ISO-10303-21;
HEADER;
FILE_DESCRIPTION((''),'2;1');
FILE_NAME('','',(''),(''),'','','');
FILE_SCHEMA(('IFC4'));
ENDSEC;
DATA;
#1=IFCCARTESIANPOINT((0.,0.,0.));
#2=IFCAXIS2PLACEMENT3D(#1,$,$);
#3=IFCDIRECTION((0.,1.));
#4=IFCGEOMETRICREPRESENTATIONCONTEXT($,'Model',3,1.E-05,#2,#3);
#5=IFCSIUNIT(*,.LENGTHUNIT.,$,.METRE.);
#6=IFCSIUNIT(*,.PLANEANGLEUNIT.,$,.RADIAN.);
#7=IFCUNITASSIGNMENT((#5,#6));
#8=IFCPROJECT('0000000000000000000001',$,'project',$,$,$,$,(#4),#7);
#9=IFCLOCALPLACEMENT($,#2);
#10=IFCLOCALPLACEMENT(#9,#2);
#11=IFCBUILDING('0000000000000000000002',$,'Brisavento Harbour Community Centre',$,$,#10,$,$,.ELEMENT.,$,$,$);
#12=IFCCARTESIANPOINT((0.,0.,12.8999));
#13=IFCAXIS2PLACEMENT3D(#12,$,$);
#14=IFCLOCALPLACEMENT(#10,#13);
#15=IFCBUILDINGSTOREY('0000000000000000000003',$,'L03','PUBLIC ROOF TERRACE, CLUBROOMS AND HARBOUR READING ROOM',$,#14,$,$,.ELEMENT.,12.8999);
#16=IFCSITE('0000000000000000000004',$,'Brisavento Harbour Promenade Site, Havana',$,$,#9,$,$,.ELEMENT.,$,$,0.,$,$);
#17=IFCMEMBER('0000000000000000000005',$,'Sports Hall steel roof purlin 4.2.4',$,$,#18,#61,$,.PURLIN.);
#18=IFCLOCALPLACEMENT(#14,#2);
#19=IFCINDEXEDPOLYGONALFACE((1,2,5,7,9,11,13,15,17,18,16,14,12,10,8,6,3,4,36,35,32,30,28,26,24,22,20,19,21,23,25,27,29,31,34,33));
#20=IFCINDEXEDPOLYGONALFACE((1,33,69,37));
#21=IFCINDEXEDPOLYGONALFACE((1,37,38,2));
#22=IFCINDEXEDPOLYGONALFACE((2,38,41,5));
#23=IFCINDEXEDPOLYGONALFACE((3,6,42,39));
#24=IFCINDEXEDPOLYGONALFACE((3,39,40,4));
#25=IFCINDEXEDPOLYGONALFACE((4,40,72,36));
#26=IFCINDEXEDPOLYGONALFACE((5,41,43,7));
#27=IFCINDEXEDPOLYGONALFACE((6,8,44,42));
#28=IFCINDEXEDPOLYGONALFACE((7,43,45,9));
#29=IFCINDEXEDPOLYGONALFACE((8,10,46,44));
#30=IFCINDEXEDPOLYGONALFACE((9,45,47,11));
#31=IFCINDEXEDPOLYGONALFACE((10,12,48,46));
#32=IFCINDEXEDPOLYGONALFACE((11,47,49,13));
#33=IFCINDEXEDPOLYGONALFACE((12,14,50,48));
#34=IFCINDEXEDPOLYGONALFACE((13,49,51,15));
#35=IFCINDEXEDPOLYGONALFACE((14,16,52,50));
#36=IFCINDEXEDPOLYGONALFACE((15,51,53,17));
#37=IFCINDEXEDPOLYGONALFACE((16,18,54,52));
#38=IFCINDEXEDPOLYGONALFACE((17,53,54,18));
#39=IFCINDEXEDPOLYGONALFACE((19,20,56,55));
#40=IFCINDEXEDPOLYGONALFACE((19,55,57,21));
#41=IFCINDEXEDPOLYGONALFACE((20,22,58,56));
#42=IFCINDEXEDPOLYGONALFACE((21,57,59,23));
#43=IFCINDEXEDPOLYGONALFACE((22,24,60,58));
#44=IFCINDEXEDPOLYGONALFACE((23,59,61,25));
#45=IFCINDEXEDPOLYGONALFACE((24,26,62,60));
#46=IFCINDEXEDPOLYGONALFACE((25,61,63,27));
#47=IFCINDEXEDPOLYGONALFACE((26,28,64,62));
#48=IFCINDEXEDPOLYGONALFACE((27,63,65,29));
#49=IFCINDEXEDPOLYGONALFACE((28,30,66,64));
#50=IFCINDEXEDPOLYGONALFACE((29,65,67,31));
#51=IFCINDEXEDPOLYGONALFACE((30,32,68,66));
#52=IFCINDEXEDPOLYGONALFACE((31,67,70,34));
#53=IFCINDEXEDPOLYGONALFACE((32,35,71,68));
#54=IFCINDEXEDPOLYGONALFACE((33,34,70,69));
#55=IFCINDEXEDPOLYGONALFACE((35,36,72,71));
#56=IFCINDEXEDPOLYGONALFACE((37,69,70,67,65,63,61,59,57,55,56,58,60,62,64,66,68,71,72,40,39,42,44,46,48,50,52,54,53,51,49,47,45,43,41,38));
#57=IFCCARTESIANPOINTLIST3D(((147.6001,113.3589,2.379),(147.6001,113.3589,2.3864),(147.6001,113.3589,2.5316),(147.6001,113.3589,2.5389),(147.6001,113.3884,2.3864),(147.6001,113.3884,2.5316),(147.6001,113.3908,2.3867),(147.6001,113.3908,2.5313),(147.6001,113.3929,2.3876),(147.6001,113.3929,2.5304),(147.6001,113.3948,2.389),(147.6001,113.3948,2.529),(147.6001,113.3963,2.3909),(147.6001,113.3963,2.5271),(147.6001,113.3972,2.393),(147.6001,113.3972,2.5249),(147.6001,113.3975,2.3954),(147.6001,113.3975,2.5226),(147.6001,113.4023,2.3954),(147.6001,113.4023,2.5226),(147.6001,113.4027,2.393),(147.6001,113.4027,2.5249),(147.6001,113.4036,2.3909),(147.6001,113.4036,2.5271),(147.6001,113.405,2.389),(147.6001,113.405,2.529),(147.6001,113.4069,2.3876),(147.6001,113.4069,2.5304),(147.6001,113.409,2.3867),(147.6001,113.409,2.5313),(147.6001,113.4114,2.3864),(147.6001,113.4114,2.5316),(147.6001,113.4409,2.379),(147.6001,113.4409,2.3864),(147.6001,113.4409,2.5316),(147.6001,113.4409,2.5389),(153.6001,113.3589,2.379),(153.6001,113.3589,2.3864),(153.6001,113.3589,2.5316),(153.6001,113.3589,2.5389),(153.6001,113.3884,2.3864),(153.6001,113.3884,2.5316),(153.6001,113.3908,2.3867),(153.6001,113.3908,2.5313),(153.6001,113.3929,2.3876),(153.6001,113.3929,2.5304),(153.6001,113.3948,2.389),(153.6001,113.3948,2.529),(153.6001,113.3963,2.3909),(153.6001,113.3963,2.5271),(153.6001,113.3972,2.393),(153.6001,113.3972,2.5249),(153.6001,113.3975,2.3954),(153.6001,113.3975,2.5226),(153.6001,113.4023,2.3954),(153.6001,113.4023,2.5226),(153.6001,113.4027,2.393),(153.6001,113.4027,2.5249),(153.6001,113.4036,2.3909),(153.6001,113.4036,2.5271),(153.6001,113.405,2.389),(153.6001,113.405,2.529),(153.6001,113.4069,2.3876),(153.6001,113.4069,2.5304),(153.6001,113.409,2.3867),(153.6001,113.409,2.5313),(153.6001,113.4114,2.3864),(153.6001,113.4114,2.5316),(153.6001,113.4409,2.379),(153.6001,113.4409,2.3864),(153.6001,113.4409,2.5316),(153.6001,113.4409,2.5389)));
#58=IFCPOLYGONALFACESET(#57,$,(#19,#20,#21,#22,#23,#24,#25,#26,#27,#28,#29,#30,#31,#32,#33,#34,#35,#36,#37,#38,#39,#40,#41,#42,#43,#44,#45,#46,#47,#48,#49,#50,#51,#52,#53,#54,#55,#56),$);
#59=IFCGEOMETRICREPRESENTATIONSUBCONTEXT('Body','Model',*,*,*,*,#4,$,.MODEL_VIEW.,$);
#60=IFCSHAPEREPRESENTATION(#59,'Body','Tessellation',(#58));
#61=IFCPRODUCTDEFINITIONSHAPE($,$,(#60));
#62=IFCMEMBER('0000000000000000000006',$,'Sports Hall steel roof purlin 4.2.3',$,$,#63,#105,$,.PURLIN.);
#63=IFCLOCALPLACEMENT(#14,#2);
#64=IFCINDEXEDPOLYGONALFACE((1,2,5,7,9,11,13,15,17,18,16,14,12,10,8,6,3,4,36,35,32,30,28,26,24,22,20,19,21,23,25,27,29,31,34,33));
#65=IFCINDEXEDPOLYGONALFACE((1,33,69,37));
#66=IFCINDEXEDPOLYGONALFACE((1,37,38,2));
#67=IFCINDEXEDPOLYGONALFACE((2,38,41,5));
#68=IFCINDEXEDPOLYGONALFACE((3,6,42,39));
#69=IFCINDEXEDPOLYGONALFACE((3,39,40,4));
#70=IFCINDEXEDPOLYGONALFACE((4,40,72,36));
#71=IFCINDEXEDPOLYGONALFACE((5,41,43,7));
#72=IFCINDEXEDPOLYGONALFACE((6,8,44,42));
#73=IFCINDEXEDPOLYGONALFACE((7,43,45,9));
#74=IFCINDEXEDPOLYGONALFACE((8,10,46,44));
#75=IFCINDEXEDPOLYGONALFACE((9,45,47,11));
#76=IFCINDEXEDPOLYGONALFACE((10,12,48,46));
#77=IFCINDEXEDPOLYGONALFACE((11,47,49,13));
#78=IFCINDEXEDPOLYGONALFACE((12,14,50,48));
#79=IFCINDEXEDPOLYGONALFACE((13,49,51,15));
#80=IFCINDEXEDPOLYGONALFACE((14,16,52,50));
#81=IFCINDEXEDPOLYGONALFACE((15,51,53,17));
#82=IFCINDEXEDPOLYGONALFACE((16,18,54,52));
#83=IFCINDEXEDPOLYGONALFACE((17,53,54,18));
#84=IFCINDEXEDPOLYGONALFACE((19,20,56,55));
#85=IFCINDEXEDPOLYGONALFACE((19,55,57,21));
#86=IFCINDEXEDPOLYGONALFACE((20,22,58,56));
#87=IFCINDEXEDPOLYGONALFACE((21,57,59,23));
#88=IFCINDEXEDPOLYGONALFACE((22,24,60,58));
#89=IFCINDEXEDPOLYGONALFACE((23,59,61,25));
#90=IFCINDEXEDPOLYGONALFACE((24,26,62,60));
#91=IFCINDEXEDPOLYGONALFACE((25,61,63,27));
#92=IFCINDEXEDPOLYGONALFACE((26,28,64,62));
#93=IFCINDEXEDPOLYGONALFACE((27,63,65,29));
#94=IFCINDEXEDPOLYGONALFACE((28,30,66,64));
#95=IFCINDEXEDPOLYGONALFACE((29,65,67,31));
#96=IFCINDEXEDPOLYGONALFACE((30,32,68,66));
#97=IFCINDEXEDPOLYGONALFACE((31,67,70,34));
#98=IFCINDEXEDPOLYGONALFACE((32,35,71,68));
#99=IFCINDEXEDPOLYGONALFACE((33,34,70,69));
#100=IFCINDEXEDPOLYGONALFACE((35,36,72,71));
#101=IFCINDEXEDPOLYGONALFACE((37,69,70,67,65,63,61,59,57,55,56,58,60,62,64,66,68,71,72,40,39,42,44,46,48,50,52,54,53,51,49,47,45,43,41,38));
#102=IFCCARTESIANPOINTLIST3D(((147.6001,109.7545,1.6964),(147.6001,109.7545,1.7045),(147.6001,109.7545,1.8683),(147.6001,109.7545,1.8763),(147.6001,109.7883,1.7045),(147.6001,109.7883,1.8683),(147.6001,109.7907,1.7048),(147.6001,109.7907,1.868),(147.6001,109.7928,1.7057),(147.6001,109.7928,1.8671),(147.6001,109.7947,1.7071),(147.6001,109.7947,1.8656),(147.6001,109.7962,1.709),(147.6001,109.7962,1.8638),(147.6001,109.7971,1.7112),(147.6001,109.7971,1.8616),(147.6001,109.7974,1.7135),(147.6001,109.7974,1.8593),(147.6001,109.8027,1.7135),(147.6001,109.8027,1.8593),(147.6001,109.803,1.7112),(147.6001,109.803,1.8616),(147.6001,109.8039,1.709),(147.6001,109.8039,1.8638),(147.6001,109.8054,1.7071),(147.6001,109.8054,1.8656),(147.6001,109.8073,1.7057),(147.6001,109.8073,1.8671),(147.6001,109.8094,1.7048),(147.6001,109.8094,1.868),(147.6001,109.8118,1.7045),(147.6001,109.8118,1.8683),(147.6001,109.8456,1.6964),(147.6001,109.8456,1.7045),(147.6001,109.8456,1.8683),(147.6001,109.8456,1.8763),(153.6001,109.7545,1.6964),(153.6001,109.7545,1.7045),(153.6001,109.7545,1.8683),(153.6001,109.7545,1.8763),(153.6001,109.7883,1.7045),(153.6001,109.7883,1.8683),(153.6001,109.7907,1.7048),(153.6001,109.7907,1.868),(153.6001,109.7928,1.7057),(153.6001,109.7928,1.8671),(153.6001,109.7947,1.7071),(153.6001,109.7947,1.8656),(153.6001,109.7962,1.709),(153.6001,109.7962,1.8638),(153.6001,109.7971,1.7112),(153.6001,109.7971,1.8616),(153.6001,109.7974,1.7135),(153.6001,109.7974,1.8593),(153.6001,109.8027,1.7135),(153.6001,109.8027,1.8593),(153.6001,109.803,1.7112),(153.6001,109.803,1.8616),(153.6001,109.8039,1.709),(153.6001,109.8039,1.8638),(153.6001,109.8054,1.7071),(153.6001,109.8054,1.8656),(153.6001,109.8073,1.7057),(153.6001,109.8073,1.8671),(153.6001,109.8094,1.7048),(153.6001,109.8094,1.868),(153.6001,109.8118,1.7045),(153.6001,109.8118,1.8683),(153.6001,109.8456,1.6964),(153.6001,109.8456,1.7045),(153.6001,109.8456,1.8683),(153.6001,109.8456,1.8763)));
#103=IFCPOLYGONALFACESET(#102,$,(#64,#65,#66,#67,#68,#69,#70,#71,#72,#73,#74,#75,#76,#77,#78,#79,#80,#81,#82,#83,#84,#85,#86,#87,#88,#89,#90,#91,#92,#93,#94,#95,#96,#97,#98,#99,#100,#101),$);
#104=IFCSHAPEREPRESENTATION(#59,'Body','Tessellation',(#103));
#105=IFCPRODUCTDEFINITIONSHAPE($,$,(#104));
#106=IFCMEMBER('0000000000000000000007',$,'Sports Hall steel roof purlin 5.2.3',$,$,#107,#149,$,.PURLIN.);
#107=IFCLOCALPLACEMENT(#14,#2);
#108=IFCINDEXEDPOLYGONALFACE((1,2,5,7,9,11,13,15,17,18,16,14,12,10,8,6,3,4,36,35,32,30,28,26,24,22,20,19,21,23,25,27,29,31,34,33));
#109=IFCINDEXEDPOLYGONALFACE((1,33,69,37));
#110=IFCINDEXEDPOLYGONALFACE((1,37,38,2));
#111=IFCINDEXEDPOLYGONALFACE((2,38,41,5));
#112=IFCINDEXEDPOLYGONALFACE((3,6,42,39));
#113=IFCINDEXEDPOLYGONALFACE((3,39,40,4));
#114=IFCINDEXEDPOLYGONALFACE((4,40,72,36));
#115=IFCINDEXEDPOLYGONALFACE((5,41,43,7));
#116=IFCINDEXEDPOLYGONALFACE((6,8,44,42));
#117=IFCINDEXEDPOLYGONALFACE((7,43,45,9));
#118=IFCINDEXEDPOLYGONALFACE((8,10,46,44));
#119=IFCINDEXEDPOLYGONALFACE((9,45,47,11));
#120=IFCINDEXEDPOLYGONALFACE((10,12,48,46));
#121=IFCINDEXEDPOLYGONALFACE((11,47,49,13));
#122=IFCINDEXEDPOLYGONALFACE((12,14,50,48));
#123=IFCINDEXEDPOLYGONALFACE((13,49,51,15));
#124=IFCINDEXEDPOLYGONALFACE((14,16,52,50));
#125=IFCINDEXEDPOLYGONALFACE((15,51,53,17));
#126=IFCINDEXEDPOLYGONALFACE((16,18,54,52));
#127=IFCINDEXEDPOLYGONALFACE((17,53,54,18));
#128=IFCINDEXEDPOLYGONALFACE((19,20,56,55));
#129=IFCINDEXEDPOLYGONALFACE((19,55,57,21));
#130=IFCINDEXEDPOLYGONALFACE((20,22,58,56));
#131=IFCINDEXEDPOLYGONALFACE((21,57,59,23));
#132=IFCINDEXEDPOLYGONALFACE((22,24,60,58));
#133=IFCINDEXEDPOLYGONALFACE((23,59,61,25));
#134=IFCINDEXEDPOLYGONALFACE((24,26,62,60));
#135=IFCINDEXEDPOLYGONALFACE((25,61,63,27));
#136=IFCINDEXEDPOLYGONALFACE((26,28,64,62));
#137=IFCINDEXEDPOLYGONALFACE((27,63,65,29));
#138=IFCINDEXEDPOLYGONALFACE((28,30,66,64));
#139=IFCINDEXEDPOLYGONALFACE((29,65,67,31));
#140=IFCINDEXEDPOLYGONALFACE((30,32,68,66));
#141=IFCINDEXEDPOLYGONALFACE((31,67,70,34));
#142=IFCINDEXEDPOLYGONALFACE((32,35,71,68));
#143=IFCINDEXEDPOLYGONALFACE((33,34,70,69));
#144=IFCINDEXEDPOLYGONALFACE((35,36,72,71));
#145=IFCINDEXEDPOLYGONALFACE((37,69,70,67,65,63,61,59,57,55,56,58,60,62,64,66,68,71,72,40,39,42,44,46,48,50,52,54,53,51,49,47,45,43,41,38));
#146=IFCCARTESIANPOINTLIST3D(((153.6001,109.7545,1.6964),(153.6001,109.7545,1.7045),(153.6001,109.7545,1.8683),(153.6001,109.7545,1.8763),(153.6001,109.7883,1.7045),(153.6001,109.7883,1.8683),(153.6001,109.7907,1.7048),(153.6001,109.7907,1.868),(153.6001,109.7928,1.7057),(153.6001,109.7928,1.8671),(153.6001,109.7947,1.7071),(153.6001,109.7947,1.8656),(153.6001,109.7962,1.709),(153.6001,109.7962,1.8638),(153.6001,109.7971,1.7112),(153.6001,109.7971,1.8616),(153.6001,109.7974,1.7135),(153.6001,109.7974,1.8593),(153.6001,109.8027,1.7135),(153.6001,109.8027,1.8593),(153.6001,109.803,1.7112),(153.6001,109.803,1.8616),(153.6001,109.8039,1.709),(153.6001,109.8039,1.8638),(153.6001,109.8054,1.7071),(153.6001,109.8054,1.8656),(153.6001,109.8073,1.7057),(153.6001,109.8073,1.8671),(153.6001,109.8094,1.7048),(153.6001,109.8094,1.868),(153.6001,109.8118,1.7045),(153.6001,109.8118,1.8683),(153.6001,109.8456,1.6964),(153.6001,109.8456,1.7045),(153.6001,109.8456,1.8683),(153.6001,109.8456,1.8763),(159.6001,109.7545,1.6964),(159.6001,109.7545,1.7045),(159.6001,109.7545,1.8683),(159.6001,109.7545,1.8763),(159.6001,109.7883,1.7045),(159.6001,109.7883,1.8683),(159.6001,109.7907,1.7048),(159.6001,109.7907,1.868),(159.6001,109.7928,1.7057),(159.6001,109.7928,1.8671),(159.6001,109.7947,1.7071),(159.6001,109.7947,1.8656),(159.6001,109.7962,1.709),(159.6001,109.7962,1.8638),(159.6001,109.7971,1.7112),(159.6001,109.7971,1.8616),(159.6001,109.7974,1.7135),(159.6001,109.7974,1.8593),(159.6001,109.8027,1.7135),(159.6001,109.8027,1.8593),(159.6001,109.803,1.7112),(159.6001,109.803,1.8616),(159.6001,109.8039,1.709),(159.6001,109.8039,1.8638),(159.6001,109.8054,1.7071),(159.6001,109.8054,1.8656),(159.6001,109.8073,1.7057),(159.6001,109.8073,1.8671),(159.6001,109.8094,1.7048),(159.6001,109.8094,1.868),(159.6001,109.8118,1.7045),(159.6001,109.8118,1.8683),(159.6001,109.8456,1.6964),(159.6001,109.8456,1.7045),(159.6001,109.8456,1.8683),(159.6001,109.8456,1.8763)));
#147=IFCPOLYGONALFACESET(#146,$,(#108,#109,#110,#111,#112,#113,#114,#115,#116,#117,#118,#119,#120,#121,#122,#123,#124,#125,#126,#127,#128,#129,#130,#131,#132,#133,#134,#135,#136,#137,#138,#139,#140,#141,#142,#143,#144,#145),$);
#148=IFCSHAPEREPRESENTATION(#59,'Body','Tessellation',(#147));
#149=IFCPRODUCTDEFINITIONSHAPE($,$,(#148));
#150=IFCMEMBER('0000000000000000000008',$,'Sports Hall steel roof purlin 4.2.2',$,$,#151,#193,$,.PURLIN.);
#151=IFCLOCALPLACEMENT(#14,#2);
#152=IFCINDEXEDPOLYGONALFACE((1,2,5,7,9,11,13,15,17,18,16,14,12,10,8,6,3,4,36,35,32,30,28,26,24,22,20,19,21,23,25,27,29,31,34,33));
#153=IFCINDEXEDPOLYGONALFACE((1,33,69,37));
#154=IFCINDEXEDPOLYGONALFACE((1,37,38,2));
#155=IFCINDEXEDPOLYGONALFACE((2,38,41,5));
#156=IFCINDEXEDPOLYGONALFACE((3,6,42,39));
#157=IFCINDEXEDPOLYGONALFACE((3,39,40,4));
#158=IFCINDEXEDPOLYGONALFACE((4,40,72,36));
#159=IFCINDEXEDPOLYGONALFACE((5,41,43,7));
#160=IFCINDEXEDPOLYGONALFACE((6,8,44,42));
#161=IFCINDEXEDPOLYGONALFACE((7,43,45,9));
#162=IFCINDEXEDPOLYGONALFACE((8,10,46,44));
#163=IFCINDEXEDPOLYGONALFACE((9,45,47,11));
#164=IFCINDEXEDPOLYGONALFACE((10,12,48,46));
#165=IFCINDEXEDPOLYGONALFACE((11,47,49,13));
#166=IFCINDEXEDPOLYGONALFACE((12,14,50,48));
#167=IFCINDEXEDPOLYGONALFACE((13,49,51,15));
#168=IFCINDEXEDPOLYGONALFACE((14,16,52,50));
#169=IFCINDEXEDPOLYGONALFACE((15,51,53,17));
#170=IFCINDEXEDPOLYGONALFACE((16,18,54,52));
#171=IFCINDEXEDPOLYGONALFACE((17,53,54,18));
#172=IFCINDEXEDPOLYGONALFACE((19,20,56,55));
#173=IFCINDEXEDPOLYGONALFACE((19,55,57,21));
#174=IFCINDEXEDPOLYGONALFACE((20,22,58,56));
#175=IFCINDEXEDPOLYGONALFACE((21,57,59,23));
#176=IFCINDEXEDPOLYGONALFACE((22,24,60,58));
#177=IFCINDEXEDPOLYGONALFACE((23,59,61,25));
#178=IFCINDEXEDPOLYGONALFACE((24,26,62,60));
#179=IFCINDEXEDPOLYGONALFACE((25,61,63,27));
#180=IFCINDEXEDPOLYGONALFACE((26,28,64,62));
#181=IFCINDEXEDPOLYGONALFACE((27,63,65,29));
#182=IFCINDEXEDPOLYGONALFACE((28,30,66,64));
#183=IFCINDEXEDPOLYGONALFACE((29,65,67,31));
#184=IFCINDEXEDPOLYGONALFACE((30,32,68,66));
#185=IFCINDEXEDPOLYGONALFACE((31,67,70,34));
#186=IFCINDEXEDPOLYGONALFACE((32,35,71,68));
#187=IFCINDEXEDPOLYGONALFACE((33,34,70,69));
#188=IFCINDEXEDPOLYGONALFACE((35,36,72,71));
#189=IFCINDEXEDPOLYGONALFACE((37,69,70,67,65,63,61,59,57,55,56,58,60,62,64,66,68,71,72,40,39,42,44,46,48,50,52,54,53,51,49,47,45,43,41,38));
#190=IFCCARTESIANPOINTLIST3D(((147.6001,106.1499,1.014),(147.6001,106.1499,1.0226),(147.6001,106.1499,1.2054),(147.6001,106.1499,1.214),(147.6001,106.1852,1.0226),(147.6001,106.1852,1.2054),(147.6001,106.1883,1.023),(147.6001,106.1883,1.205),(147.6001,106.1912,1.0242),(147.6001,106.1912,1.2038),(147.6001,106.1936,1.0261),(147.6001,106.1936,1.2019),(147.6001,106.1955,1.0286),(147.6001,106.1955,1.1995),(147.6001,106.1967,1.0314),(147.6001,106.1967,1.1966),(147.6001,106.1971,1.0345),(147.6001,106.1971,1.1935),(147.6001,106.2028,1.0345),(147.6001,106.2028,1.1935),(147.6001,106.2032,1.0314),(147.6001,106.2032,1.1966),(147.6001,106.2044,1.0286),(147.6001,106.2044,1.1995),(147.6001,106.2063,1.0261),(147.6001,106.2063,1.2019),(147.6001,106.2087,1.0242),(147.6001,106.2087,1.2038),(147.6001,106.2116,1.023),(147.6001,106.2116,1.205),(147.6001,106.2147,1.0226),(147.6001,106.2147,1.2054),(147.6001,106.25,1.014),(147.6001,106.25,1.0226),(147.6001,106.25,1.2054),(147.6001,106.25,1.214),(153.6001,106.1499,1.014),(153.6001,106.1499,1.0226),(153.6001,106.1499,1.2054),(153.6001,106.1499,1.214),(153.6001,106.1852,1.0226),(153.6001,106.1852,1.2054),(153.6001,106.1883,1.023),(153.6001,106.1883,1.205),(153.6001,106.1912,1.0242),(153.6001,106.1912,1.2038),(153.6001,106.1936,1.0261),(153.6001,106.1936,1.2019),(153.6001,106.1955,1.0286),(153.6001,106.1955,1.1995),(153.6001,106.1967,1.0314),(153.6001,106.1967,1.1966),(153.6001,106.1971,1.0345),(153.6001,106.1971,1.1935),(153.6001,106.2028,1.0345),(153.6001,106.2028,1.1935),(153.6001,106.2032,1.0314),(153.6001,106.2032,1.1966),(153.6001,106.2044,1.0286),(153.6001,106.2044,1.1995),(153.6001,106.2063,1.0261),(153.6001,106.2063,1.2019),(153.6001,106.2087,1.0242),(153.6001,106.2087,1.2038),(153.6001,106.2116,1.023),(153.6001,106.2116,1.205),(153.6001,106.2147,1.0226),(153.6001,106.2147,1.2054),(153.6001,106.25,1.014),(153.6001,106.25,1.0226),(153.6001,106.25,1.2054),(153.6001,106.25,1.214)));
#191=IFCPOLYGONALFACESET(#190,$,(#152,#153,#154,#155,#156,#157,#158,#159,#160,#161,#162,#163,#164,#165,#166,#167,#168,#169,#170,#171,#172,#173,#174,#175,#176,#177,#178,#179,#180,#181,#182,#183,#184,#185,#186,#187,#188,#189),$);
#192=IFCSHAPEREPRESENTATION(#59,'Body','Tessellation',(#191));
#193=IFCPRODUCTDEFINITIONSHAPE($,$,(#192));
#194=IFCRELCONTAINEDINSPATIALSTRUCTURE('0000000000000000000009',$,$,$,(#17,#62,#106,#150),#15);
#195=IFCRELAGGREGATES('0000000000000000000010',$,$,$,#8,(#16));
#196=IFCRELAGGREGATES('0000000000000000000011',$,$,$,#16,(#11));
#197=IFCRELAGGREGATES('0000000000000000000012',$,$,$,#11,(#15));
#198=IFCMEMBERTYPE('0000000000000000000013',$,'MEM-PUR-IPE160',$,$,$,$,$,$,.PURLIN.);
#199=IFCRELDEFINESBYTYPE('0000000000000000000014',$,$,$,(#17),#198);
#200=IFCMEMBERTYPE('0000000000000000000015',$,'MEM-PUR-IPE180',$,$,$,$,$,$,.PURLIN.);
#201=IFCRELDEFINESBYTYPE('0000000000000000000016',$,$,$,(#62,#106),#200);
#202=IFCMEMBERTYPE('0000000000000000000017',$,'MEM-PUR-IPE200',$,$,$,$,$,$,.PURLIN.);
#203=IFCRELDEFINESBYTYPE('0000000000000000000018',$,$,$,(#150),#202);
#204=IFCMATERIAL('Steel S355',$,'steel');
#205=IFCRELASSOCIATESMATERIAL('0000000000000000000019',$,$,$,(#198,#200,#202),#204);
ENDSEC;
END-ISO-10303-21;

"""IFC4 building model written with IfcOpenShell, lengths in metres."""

from ifc_helpers import new_model, si_unit, direction, frame, origin, origin_2d, place, context, subcontext, project, spatial, i_section, extrude, material, material_profile, profile_set, type_object, element, save


model = new_model("IFC4")

# Units and contexts
model_context = context("Model", 3, precision=1e-05, world=origin(), true_north=direction((0.0, 1.0)))
body_context = subcontext(model_context, "Body", "Model", "MODEL_VIEW")
ifc_project = project(units=[si_unit("LENGTHUNIT", "METRE"), si_unit("PLANEANGLEUNIT", "RADIAN")], contexts=[model_context])

# Site, building, storey
site_placement = place(None, origin())
site = spatial("IfcSite", under=ifc_project, at=site_placement, Name="Brisavento Harbour Promenade Site, Havana", CompositionType="ELEMENT", RefElevation=0.0)
building_placement = place(site_placement, origin())
building = spatial("IfcBuilding", under=site, at=building_placement, Name="Brisavento Harbour Community Centre", CompositionType="ELEMENT")
storey_placement = place(building_placement, frame((0.0, 0.0, 12.8999)))
storey = spatial("IfcBuildingStorey", under=building, at=storey_placement, Name="L03", Description="PUBLIC ROOF TERRACE, CLUBROOMS AND HARBOUR READING ROOM", CompositionType="ELEMENT", Elevation=12.8999)

# Members
ifc_material = material(Name="Steel S355", Category="steel")
ifc_material_profile_1 = material_profile(ifc_material, i_section(OverallWidth=0.082, OverallDepth=0.1599, WebThickness=0.0049, FlangeThickness=0.0073, FilletRadius=0.009, at=origin_2d()), Name="Steel S355")
ifc_profile_set_1 = profile_set([ifc_material_profile_1], Name="Steel S355")
member_type_1 = type_object("IfcMemberType", Name="MEM-PUR-IPE160", PredefinedType="PURLIN", material=ifc_profile_set_1)
member_1_placement = place(storey_placement, frame((147.6001, 113.3999, 2.459), z_axis=(1.0, 0.0, 0.0), x_axis=(0.0, 1.0, 0.0)))
element("IfcMember", 1, at=member_1_placement, inside=storey, type_object=member_type_1, Name="Sports Hall steel roof purlin 4.2.4", PredefinedType="PURLIN", context=body_context, shape_type="SweptSolid", body=[
    extrude(i_section(OverallWidth=0.082, OverallDepth=0.1599, WebThickness=0.0049, FlangeThickness=0.0073, FilletRadius=0.009, at=origin_2d()), origin(), (0.0, 0.0, 1.0), 6.0),
])
ifc_material_profile_2 = material_profile(ifc_material, i_section(OverallWidth=0.0911, OverallDepth=0.1799, WebThickness=0.0054, FlangeThickness=0.0081, FilletRadius=0.009, at=origin_2d()), Name="Steel S355")
ifc_profile_set_2 = profile_set([ifc_material_profile_2], Name="Steel S355")
member_type_2 = type_object("IfcMemberType", Name="MEM-PUR-IPE180", PredefinedType="PURLIN", material=ifc_profile_set_2)
for number, where, z_axis, x_axis, name in (
    (2, (147.6001, 109.8, 1.7864), (1.0, 0.0, 0.0), (0.0, 1.0, 0.0), "Sports Hall steel roof purlin 4.2.3"),
    (3, (153.6001, 109.8, 1.7864), (1.0, 0.0, 0.0), (0.0, 1.0, 0.0), "Sports Hall steel roof purlin 5.2.3"),
):
    element("IfcMember", number, at=place(storey_placement, frame(where, z_axis=z_axis, x_axis=x_axis)), inside=storey, type_object=member_type_2, Name=name, PredefinedType="PURLIN", context=body_context, shape_type="SweptSolid", body=[
        extrude(i_section(OverallWidth=0.0911, OverallDepth=0.1799, WebThickness=0.0054, FlangeThickness=0.0081, FilletRadius=0.009, at=origin_2d()), origin(), (0.0, 0.0, 1.0), 6.0),
    ])
ifc_material_profile_3 = material_profile(ifc_material, i_section(OverallWidth=0.1001, OverallDepth=0.2, WebThickness=0.0056, FlangeThickness=0.0085, FilletRadius=0.012, at=origin_2d()), Name="Steel S355")
ifc_profile_set_3 = profile_set([ifc_material_profile_3], Name="Steel S355")
member_type_3 = type_object("IfcMemberType", Name="MEM-PUR-IPE200", PredefinedType="PURLIN", material=ifc_profile_set_3)
for number, where, z_axis, x_axis, name in (
    (4, (147.6001, 106.2, 1.114), (1.0, 0.0, 0.0), (0.0, 1.0, 0.0), "Sports Hall steel roof purlin 4.2.2"),
):
    element("IfcMember", number, at=place(storey_placement, frame(where, z_axis=z_axis, x_axis=x_axis)), inside=storey, type_object=member_type_3, Name=name, PredefinedType="PURLIN", context=body_context, shape_type="SweptSolid", body=[
        extrude(i_section(OverallWidth=0.1001, OverallDepth=0.2, WebThickness=0.0056, FlangeThickness=0.0085, FilletRadius=0.012, at=origin_2d()), origin(), (0.0, 0.0, 1.0), 6.0),
    ])

save(model, "model.ifc")
